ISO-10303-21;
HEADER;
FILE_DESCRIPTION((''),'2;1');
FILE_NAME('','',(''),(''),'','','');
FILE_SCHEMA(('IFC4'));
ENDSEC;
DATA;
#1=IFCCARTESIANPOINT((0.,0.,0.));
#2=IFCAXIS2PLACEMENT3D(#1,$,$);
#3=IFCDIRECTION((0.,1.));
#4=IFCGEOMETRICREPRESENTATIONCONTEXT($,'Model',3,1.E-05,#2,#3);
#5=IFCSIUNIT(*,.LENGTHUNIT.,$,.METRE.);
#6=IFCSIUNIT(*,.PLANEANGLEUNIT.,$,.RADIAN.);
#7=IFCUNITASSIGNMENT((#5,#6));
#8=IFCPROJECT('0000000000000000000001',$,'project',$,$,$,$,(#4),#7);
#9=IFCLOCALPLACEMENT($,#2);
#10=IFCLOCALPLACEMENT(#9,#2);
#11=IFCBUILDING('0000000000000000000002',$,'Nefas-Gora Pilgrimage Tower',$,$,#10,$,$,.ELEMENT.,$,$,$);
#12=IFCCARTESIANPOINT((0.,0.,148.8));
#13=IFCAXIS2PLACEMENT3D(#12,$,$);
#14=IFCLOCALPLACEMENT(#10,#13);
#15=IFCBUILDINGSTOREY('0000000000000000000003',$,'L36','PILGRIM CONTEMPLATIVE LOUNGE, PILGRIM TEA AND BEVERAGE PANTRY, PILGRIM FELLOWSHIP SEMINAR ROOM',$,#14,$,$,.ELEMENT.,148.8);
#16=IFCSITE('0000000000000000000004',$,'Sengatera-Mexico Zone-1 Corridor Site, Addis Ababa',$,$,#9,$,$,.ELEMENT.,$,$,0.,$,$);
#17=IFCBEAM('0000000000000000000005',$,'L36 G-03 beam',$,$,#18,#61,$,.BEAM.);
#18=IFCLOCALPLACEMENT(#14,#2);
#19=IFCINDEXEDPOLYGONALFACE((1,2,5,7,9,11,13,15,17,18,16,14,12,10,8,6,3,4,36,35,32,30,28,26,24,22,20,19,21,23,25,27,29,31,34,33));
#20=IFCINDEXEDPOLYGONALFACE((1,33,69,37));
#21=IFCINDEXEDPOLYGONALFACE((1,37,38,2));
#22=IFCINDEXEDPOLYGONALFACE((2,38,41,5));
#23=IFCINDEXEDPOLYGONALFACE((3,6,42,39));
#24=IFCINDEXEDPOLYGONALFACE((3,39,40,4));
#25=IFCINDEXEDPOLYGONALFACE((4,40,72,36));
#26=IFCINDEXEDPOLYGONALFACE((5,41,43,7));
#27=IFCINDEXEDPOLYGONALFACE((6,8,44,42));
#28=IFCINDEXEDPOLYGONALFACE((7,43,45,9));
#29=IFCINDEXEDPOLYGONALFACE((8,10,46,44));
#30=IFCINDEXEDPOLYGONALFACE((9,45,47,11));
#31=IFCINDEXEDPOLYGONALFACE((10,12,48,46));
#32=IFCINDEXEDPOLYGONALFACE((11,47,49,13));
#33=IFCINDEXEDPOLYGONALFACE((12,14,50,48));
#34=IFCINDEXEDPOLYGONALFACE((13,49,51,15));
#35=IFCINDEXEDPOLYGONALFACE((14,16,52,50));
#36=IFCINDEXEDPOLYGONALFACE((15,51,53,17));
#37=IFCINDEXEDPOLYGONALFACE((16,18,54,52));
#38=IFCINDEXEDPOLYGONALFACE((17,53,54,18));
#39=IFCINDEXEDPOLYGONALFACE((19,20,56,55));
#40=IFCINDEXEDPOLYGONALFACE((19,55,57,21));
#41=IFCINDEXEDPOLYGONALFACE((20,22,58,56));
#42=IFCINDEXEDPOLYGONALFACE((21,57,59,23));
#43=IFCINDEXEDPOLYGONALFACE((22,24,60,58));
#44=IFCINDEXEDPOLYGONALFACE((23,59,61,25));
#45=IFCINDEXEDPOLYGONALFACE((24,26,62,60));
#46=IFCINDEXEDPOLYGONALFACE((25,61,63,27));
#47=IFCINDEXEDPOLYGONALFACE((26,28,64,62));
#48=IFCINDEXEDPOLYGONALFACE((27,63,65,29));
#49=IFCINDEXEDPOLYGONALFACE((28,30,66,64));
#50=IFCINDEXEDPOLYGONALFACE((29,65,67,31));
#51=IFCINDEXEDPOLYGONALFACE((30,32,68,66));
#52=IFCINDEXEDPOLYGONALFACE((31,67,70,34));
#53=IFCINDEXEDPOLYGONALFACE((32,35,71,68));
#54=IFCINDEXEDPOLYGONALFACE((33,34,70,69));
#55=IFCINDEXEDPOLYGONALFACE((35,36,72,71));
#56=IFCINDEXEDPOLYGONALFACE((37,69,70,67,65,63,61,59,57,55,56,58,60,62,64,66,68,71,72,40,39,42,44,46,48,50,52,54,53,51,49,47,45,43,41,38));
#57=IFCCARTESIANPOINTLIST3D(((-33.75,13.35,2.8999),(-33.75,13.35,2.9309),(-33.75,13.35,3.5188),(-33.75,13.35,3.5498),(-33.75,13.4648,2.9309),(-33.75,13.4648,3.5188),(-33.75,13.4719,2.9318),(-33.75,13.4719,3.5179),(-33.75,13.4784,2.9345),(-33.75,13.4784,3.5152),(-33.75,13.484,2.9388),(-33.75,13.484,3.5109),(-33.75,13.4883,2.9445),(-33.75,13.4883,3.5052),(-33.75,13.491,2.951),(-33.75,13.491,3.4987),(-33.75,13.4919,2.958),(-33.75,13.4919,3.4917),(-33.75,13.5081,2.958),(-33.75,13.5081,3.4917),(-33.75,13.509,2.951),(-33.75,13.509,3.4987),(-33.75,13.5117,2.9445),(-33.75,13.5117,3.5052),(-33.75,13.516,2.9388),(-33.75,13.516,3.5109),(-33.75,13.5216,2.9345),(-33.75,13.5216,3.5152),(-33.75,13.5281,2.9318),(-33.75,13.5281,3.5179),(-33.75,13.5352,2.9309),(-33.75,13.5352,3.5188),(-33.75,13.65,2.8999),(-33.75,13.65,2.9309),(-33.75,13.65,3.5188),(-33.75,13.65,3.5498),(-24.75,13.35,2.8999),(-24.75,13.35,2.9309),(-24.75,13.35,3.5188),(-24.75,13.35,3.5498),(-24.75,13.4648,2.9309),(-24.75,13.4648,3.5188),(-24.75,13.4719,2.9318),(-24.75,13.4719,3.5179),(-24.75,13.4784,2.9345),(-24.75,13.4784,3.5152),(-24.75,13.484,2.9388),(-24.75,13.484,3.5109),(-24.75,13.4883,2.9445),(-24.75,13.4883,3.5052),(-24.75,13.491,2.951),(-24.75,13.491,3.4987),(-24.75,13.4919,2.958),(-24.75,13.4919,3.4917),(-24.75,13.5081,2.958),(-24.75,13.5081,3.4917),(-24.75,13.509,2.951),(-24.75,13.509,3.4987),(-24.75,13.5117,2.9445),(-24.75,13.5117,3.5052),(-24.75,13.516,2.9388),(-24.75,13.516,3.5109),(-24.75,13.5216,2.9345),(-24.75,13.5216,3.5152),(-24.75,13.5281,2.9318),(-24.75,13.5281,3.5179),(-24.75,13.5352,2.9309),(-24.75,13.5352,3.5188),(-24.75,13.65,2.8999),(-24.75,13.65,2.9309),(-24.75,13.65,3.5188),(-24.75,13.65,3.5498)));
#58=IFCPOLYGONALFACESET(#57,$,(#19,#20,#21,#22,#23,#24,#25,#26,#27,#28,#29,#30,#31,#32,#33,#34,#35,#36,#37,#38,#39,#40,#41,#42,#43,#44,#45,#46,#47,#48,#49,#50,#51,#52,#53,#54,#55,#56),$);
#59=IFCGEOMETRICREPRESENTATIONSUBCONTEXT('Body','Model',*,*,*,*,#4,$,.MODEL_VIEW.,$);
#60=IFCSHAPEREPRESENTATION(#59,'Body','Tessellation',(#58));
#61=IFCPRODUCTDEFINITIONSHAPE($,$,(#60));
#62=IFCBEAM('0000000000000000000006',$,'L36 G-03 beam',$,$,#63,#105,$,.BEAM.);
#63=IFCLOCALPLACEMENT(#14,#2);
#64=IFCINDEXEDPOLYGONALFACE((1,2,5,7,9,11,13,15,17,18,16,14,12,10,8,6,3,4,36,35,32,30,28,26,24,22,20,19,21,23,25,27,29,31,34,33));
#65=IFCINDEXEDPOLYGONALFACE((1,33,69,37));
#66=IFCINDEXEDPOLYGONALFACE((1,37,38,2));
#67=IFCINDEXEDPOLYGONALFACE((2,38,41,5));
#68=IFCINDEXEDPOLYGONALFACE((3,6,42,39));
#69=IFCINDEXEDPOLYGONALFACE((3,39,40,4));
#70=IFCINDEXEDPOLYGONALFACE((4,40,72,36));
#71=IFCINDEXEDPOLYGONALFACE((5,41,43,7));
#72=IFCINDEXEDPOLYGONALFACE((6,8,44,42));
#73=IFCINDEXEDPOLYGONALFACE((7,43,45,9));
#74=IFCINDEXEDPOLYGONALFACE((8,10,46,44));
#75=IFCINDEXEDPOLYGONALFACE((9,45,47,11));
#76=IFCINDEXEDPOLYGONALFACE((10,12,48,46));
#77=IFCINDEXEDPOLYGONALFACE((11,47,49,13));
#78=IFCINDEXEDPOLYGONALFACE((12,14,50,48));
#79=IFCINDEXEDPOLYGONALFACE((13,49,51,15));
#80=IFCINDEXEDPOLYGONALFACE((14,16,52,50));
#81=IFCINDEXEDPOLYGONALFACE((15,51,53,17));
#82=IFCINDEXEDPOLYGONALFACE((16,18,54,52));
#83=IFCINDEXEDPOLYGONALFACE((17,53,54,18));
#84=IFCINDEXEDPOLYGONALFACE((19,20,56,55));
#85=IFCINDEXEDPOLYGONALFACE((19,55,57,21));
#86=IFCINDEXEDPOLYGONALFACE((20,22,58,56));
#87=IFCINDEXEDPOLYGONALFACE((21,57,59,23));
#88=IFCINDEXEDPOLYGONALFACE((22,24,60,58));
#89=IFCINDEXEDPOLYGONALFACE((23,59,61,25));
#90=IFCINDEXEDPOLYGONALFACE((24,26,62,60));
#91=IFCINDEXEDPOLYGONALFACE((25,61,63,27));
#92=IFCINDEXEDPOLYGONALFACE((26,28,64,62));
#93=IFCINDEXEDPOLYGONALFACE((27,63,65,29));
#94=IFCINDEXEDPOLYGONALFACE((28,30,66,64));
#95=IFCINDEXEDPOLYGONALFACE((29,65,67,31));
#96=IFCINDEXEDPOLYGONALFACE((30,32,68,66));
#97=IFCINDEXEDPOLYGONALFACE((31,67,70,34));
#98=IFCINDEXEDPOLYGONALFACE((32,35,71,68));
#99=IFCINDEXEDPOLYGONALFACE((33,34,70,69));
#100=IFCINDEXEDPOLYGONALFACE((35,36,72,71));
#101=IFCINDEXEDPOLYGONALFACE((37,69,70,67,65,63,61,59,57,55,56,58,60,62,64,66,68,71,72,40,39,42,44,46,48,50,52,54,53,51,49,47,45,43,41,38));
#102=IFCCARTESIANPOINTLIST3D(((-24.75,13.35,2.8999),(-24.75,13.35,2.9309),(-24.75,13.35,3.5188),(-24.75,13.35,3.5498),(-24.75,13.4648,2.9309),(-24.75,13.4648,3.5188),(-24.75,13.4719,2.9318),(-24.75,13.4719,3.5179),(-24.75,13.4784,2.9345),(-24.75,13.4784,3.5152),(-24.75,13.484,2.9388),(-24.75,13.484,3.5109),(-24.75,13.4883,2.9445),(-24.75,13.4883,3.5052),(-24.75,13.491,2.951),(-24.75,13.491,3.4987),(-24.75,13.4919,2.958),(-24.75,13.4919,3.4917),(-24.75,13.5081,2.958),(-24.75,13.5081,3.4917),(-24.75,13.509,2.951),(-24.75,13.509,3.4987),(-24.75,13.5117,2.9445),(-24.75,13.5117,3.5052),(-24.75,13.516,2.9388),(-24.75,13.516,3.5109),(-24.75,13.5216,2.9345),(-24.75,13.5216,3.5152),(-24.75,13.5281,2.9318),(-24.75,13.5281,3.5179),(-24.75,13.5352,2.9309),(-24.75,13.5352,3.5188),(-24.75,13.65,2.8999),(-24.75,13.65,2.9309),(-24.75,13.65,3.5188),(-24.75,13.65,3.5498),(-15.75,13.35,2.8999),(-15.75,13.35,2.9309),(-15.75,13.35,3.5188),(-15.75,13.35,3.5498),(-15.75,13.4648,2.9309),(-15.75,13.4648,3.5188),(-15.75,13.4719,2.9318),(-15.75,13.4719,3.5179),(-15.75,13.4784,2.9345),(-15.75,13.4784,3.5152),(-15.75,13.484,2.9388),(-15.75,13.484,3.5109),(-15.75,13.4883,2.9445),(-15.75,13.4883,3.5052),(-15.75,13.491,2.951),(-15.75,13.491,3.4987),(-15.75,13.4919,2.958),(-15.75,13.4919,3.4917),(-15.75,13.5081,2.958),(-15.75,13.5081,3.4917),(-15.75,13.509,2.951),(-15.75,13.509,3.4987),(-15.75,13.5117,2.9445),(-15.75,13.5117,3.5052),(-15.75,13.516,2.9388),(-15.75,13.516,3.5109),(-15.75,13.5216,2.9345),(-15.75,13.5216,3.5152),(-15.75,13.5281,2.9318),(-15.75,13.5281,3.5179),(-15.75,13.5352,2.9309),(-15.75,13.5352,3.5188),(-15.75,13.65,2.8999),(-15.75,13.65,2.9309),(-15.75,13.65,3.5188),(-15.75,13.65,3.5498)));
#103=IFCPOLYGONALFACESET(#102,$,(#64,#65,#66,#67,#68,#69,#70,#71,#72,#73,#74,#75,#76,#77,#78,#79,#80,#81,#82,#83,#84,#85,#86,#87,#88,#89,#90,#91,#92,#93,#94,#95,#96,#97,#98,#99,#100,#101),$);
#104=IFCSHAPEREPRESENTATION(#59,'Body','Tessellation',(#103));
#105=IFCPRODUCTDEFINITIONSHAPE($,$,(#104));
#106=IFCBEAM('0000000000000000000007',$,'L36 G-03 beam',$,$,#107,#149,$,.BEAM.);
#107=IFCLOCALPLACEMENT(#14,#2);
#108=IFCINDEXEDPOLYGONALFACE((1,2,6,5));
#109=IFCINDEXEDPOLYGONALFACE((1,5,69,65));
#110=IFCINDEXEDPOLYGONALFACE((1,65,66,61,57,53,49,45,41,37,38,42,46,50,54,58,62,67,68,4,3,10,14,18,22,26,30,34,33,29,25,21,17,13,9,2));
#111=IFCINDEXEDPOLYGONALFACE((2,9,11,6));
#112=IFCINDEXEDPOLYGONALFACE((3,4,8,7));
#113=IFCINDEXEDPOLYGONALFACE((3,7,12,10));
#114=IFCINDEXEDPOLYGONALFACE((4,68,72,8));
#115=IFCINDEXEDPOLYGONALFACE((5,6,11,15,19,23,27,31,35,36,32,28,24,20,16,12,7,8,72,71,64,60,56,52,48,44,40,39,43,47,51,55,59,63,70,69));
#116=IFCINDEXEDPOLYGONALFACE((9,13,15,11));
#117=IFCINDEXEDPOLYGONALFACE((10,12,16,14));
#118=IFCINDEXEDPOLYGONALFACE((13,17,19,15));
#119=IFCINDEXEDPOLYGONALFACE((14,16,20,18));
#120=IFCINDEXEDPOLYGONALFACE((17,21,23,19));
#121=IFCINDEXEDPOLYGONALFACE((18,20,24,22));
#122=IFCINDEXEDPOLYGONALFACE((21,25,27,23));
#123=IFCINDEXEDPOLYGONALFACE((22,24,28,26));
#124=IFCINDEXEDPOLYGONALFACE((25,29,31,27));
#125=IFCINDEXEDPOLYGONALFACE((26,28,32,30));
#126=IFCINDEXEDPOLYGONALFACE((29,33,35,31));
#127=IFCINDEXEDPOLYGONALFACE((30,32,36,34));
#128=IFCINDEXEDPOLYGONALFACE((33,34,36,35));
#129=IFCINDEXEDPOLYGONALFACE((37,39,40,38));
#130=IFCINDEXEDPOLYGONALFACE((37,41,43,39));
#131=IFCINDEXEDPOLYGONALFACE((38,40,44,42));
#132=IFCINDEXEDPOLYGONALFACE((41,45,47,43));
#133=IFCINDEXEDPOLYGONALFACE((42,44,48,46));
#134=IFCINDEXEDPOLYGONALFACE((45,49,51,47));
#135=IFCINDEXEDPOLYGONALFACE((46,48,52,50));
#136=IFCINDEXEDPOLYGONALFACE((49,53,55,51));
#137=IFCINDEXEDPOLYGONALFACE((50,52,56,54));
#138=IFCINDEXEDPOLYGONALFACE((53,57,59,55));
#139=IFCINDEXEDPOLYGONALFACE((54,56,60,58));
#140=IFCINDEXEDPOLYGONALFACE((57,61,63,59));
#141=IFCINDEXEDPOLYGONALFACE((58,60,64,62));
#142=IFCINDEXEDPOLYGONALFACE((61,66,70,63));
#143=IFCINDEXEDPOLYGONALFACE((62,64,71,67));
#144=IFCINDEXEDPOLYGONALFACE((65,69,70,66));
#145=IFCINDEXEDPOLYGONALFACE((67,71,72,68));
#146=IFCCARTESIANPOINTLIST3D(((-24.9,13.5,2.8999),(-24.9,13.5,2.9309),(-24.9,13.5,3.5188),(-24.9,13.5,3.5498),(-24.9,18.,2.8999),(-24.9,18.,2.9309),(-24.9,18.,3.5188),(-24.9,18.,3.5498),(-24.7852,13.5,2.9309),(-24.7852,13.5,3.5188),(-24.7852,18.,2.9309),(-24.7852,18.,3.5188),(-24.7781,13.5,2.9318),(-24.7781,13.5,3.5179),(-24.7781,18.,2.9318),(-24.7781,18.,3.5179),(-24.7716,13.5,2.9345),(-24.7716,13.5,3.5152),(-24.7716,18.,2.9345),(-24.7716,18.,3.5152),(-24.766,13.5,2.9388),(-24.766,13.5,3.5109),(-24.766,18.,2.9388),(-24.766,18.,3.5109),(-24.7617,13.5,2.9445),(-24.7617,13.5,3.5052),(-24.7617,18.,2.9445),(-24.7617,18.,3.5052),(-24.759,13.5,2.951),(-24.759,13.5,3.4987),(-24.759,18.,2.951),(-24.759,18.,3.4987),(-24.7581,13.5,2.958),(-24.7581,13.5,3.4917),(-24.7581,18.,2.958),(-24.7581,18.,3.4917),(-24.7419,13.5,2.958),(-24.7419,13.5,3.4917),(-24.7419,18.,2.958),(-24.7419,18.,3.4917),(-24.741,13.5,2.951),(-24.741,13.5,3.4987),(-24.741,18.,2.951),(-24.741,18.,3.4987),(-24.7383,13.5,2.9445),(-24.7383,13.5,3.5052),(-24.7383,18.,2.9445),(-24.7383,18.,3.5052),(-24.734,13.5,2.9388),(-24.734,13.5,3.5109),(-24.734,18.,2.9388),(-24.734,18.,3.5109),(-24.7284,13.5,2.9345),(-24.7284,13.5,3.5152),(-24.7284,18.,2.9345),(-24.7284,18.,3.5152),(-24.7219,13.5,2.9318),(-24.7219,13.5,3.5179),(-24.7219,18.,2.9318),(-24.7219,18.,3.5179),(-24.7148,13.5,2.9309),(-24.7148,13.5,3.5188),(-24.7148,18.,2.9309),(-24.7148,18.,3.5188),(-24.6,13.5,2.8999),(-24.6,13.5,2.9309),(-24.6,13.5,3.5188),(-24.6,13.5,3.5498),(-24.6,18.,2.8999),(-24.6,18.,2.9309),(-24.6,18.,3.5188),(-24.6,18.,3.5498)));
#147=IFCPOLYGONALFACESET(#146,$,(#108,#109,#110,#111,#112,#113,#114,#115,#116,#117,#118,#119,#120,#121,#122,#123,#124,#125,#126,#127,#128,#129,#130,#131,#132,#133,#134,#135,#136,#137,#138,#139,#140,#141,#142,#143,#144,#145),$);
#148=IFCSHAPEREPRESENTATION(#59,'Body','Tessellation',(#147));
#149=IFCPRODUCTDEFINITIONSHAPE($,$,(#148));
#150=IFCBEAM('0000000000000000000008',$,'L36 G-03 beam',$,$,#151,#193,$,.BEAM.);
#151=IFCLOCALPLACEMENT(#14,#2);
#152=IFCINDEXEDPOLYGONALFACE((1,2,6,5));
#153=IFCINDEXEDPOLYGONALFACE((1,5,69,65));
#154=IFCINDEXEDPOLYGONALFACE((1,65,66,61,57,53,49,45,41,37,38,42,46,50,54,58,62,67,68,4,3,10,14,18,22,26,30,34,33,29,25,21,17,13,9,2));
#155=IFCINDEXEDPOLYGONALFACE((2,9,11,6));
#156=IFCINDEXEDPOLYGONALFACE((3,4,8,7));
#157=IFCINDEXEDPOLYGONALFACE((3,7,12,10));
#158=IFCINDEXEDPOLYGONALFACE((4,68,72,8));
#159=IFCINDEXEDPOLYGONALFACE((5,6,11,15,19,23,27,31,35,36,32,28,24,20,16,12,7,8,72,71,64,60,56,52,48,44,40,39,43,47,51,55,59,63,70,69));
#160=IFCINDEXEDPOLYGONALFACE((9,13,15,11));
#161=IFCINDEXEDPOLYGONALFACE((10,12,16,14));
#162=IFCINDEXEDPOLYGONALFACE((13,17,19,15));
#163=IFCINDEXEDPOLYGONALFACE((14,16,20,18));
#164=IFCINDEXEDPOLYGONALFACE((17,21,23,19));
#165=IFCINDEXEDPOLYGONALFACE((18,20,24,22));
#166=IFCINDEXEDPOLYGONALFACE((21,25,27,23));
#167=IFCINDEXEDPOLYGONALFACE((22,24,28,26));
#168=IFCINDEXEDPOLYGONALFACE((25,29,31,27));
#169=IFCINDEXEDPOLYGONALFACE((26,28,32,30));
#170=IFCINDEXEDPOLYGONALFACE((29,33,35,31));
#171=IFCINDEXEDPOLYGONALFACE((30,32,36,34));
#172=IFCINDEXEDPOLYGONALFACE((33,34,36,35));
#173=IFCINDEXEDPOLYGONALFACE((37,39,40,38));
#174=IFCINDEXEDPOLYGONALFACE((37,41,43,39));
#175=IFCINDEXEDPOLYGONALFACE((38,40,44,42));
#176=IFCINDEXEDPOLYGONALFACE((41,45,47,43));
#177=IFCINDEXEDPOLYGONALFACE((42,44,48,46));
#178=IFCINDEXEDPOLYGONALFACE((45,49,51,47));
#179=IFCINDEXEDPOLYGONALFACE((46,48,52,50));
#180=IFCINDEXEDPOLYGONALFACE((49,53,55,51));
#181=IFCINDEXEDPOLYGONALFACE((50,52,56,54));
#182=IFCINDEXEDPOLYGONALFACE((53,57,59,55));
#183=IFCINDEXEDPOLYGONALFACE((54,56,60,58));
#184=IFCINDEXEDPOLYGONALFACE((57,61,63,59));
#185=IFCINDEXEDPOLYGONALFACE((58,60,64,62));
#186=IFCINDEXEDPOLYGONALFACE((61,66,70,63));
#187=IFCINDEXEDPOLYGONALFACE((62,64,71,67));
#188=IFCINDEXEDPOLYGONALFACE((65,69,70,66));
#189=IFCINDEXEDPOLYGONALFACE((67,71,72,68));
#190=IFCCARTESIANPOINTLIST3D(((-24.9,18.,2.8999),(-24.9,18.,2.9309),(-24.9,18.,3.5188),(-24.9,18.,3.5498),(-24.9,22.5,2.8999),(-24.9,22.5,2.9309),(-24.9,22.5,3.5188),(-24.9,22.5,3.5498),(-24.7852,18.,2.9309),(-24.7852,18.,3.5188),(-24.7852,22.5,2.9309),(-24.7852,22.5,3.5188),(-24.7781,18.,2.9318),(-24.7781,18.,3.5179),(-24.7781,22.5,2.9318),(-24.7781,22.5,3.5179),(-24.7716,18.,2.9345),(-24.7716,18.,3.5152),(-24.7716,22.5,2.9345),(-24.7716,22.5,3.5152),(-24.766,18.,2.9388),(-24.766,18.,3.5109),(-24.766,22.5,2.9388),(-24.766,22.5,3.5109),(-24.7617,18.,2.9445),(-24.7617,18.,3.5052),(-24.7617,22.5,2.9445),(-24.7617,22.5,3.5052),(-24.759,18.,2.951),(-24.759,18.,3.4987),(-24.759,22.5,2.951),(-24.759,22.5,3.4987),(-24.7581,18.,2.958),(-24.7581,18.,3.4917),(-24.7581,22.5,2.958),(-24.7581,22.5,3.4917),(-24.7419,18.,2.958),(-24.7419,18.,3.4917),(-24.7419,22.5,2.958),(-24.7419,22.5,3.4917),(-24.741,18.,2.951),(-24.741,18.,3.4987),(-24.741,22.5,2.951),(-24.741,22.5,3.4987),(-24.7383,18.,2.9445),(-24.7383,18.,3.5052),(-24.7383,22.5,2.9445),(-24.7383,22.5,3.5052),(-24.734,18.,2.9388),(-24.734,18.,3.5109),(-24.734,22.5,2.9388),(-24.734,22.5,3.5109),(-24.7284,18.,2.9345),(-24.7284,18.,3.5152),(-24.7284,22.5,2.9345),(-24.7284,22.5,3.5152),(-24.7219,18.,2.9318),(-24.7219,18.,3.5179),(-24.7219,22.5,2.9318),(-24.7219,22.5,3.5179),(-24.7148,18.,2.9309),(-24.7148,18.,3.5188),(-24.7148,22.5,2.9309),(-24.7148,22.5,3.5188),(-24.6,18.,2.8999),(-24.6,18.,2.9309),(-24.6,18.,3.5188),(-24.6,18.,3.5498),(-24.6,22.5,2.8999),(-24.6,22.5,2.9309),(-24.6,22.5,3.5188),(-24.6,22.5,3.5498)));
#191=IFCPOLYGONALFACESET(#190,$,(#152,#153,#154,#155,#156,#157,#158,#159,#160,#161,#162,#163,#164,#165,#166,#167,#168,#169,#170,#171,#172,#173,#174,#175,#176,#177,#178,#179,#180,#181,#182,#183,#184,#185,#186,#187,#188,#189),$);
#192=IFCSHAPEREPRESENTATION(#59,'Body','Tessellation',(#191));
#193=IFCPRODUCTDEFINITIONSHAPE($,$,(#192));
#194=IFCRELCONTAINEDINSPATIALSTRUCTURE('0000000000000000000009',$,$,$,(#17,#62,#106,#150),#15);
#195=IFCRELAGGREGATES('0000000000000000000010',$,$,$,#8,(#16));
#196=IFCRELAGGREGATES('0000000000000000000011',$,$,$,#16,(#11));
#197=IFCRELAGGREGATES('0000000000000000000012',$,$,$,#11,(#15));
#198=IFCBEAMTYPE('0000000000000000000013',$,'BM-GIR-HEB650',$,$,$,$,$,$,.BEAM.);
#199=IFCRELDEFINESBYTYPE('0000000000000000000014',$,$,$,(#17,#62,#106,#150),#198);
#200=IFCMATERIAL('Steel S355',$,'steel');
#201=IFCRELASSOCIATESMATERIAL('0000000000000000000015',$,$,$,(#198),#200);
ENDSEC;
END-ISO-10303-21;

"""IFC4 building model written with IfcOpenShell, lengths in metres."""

from ifc_helpers import new_model, si_unit, direction, frame, origin, origin_2d, place, context, subcontext, project, spatial, i_section, extrude, source, transform, mapped, material, material_profile, profile_set, type_object, element, save


model = new_model("IFC4")

# Units and contexts
model_context = context("Model", 3, precision=1e-05, world=origin(), true_north=direction((0.0, 1.0)))
body_context = subcontext(model_context, "Body", "Model", "MODEL_VIEW")
ifc_project = project(units=[si_unit("LENGTHUNIT", "METRE"), si_unit("PLANEANGLEUNIT", "RADIAN")], contexts=[model_context])

# Site, building, storey
site_placement = place(None, origin())
site = spatial("IfcSite", under=ifc_project, at=site_placement, Name="Sengatera-Mexico Zone-1 Corridor Site, Addis Ababa", CompositionType="ELEMENT", RefElevation=0.0)
building_placement = place(site_placement, origin())
building = spatial("IfcBuilding", under=site, at=building_placement, Name="Nefas-Gora Pilgrimage Tower", CompositionType="ELEMENT")
storey_placement = place(building_placement, frame((0.0, 0.0, 148.8)))
storey = spatial("IfcBuildingStorey", under=building, at=storey_placement, Name="L36", Description="PILGRIM CONTEMPLATIVE LOUNGE, PILGRIM TEA AND BEVERAGE PANTRY, PILGRIM FELLOWSHIP SEMINAR ROOM", CompositionType="ELEMENT", Elevation=148.8)

# Beams
ifc_material_1 = material(Name="Steel S355", Category="steel")
ifc_material_profile_1 = material_profile(ifc_material_1, i_section(OverallWidth=0.3, OverallDepth=0.6499, WebThickness=0.0161, FlangeThickness=0.031, FilletRadius=0.0271, at=origin_2d()), Name="HEB 650")
ifc_profile_set_1 = profile_set([ifc_material_profile_1], Name="Steel S355")
beam_type_1 = type_object("IfcBeamType", Name="BM-GIR-HEB650", PredefinedType="BEAM", material=ifc_profile_set_1)
shared_shape_1 = source(origin(), body_context, "Body", "SweptSolid", [
    extrude(i_section(OverallWidth=0.3, OverallDepth=0.6499, WebThickness=0.0161, FlangeThickness=0.031, FilletRadius=0.0271, at=origin_2d()), origin(), (0.0, 0.0, 1.0), 9.0),
])
for number, where, z_axis, x_axis, name in (
    (1, (-33.75, 13.5, 3.2249), (1.0, 0.0, 0.0), (0.0, 1.0, 0.0), "L36 G-03 beam"),
    (2, (-24.75, 13.5, 3.2249), (1.0, 0.0, 0.0), (0.0, 1.0, 0.0), "L36 G-03 beam"),
):
    element("IfcBeam", number, at=place(storey_placement, frame(where, z_axis=z_axis, x_axis=x_axis)), inside=storey, type_object=beam_type_1, Name=name, PredefinedType="BEAM", context=body_context, shape_type="MappedRepresentation", body=[
        mapped(shared_shape_1, transform((0.0, 0.0, 0.0), x_axis=(1.0, 0.0, 0.0), y_axis=(0.0, 1.0, 0.0), z_axis=(0.0, 0.0, 1.0), scale=1.0)),
    ])
shared_shape_2 = source(origin(), body_context, "Body", "SweptSolid", [
    extrude(i_section(OverallWidth=0.3, OverallDepth=0.6499, WebThickness=0.0161, FlangeThickness=0.031, FilletRadius=0.0271, at=origin_2d()), origin(), (0.0, 0.0, 1.0), 4.5),
])
for number, where, z_axis, x_axis, name in (
    (3, (-24.75, 13.5, 3.2249), (0.0, 1.0, 0.0), (-1.0, 0.0, 0.0), "L36 G-03 beam"),
    (4, (-24.75, 18.0, 3.2249), (0.0, 1.0, 0.0), (-1.0, 0.0, 0.0), "L36 G-03 beam"),
):
    element("IfcBeam", number, at=place(storey_placement, frame(where, z_axis=z_axis, x_axis=x_axis)), inside=storey, type_object=beam_type_1, Name=name, PredefinedType="BEAM", context=body_context, shape_type="MappedRepresentation", body=[
        mapped(shared_shape_2, transform((0.0, 0.0, 0.0), x_axis=(1.0, 0.0, 0.0), y_axis=(0.0, 1.0, 0.0), z_axis=(0.0, 0.0, 1.0), scale=1.0)),
    ])

save(model, "model.ifc")
